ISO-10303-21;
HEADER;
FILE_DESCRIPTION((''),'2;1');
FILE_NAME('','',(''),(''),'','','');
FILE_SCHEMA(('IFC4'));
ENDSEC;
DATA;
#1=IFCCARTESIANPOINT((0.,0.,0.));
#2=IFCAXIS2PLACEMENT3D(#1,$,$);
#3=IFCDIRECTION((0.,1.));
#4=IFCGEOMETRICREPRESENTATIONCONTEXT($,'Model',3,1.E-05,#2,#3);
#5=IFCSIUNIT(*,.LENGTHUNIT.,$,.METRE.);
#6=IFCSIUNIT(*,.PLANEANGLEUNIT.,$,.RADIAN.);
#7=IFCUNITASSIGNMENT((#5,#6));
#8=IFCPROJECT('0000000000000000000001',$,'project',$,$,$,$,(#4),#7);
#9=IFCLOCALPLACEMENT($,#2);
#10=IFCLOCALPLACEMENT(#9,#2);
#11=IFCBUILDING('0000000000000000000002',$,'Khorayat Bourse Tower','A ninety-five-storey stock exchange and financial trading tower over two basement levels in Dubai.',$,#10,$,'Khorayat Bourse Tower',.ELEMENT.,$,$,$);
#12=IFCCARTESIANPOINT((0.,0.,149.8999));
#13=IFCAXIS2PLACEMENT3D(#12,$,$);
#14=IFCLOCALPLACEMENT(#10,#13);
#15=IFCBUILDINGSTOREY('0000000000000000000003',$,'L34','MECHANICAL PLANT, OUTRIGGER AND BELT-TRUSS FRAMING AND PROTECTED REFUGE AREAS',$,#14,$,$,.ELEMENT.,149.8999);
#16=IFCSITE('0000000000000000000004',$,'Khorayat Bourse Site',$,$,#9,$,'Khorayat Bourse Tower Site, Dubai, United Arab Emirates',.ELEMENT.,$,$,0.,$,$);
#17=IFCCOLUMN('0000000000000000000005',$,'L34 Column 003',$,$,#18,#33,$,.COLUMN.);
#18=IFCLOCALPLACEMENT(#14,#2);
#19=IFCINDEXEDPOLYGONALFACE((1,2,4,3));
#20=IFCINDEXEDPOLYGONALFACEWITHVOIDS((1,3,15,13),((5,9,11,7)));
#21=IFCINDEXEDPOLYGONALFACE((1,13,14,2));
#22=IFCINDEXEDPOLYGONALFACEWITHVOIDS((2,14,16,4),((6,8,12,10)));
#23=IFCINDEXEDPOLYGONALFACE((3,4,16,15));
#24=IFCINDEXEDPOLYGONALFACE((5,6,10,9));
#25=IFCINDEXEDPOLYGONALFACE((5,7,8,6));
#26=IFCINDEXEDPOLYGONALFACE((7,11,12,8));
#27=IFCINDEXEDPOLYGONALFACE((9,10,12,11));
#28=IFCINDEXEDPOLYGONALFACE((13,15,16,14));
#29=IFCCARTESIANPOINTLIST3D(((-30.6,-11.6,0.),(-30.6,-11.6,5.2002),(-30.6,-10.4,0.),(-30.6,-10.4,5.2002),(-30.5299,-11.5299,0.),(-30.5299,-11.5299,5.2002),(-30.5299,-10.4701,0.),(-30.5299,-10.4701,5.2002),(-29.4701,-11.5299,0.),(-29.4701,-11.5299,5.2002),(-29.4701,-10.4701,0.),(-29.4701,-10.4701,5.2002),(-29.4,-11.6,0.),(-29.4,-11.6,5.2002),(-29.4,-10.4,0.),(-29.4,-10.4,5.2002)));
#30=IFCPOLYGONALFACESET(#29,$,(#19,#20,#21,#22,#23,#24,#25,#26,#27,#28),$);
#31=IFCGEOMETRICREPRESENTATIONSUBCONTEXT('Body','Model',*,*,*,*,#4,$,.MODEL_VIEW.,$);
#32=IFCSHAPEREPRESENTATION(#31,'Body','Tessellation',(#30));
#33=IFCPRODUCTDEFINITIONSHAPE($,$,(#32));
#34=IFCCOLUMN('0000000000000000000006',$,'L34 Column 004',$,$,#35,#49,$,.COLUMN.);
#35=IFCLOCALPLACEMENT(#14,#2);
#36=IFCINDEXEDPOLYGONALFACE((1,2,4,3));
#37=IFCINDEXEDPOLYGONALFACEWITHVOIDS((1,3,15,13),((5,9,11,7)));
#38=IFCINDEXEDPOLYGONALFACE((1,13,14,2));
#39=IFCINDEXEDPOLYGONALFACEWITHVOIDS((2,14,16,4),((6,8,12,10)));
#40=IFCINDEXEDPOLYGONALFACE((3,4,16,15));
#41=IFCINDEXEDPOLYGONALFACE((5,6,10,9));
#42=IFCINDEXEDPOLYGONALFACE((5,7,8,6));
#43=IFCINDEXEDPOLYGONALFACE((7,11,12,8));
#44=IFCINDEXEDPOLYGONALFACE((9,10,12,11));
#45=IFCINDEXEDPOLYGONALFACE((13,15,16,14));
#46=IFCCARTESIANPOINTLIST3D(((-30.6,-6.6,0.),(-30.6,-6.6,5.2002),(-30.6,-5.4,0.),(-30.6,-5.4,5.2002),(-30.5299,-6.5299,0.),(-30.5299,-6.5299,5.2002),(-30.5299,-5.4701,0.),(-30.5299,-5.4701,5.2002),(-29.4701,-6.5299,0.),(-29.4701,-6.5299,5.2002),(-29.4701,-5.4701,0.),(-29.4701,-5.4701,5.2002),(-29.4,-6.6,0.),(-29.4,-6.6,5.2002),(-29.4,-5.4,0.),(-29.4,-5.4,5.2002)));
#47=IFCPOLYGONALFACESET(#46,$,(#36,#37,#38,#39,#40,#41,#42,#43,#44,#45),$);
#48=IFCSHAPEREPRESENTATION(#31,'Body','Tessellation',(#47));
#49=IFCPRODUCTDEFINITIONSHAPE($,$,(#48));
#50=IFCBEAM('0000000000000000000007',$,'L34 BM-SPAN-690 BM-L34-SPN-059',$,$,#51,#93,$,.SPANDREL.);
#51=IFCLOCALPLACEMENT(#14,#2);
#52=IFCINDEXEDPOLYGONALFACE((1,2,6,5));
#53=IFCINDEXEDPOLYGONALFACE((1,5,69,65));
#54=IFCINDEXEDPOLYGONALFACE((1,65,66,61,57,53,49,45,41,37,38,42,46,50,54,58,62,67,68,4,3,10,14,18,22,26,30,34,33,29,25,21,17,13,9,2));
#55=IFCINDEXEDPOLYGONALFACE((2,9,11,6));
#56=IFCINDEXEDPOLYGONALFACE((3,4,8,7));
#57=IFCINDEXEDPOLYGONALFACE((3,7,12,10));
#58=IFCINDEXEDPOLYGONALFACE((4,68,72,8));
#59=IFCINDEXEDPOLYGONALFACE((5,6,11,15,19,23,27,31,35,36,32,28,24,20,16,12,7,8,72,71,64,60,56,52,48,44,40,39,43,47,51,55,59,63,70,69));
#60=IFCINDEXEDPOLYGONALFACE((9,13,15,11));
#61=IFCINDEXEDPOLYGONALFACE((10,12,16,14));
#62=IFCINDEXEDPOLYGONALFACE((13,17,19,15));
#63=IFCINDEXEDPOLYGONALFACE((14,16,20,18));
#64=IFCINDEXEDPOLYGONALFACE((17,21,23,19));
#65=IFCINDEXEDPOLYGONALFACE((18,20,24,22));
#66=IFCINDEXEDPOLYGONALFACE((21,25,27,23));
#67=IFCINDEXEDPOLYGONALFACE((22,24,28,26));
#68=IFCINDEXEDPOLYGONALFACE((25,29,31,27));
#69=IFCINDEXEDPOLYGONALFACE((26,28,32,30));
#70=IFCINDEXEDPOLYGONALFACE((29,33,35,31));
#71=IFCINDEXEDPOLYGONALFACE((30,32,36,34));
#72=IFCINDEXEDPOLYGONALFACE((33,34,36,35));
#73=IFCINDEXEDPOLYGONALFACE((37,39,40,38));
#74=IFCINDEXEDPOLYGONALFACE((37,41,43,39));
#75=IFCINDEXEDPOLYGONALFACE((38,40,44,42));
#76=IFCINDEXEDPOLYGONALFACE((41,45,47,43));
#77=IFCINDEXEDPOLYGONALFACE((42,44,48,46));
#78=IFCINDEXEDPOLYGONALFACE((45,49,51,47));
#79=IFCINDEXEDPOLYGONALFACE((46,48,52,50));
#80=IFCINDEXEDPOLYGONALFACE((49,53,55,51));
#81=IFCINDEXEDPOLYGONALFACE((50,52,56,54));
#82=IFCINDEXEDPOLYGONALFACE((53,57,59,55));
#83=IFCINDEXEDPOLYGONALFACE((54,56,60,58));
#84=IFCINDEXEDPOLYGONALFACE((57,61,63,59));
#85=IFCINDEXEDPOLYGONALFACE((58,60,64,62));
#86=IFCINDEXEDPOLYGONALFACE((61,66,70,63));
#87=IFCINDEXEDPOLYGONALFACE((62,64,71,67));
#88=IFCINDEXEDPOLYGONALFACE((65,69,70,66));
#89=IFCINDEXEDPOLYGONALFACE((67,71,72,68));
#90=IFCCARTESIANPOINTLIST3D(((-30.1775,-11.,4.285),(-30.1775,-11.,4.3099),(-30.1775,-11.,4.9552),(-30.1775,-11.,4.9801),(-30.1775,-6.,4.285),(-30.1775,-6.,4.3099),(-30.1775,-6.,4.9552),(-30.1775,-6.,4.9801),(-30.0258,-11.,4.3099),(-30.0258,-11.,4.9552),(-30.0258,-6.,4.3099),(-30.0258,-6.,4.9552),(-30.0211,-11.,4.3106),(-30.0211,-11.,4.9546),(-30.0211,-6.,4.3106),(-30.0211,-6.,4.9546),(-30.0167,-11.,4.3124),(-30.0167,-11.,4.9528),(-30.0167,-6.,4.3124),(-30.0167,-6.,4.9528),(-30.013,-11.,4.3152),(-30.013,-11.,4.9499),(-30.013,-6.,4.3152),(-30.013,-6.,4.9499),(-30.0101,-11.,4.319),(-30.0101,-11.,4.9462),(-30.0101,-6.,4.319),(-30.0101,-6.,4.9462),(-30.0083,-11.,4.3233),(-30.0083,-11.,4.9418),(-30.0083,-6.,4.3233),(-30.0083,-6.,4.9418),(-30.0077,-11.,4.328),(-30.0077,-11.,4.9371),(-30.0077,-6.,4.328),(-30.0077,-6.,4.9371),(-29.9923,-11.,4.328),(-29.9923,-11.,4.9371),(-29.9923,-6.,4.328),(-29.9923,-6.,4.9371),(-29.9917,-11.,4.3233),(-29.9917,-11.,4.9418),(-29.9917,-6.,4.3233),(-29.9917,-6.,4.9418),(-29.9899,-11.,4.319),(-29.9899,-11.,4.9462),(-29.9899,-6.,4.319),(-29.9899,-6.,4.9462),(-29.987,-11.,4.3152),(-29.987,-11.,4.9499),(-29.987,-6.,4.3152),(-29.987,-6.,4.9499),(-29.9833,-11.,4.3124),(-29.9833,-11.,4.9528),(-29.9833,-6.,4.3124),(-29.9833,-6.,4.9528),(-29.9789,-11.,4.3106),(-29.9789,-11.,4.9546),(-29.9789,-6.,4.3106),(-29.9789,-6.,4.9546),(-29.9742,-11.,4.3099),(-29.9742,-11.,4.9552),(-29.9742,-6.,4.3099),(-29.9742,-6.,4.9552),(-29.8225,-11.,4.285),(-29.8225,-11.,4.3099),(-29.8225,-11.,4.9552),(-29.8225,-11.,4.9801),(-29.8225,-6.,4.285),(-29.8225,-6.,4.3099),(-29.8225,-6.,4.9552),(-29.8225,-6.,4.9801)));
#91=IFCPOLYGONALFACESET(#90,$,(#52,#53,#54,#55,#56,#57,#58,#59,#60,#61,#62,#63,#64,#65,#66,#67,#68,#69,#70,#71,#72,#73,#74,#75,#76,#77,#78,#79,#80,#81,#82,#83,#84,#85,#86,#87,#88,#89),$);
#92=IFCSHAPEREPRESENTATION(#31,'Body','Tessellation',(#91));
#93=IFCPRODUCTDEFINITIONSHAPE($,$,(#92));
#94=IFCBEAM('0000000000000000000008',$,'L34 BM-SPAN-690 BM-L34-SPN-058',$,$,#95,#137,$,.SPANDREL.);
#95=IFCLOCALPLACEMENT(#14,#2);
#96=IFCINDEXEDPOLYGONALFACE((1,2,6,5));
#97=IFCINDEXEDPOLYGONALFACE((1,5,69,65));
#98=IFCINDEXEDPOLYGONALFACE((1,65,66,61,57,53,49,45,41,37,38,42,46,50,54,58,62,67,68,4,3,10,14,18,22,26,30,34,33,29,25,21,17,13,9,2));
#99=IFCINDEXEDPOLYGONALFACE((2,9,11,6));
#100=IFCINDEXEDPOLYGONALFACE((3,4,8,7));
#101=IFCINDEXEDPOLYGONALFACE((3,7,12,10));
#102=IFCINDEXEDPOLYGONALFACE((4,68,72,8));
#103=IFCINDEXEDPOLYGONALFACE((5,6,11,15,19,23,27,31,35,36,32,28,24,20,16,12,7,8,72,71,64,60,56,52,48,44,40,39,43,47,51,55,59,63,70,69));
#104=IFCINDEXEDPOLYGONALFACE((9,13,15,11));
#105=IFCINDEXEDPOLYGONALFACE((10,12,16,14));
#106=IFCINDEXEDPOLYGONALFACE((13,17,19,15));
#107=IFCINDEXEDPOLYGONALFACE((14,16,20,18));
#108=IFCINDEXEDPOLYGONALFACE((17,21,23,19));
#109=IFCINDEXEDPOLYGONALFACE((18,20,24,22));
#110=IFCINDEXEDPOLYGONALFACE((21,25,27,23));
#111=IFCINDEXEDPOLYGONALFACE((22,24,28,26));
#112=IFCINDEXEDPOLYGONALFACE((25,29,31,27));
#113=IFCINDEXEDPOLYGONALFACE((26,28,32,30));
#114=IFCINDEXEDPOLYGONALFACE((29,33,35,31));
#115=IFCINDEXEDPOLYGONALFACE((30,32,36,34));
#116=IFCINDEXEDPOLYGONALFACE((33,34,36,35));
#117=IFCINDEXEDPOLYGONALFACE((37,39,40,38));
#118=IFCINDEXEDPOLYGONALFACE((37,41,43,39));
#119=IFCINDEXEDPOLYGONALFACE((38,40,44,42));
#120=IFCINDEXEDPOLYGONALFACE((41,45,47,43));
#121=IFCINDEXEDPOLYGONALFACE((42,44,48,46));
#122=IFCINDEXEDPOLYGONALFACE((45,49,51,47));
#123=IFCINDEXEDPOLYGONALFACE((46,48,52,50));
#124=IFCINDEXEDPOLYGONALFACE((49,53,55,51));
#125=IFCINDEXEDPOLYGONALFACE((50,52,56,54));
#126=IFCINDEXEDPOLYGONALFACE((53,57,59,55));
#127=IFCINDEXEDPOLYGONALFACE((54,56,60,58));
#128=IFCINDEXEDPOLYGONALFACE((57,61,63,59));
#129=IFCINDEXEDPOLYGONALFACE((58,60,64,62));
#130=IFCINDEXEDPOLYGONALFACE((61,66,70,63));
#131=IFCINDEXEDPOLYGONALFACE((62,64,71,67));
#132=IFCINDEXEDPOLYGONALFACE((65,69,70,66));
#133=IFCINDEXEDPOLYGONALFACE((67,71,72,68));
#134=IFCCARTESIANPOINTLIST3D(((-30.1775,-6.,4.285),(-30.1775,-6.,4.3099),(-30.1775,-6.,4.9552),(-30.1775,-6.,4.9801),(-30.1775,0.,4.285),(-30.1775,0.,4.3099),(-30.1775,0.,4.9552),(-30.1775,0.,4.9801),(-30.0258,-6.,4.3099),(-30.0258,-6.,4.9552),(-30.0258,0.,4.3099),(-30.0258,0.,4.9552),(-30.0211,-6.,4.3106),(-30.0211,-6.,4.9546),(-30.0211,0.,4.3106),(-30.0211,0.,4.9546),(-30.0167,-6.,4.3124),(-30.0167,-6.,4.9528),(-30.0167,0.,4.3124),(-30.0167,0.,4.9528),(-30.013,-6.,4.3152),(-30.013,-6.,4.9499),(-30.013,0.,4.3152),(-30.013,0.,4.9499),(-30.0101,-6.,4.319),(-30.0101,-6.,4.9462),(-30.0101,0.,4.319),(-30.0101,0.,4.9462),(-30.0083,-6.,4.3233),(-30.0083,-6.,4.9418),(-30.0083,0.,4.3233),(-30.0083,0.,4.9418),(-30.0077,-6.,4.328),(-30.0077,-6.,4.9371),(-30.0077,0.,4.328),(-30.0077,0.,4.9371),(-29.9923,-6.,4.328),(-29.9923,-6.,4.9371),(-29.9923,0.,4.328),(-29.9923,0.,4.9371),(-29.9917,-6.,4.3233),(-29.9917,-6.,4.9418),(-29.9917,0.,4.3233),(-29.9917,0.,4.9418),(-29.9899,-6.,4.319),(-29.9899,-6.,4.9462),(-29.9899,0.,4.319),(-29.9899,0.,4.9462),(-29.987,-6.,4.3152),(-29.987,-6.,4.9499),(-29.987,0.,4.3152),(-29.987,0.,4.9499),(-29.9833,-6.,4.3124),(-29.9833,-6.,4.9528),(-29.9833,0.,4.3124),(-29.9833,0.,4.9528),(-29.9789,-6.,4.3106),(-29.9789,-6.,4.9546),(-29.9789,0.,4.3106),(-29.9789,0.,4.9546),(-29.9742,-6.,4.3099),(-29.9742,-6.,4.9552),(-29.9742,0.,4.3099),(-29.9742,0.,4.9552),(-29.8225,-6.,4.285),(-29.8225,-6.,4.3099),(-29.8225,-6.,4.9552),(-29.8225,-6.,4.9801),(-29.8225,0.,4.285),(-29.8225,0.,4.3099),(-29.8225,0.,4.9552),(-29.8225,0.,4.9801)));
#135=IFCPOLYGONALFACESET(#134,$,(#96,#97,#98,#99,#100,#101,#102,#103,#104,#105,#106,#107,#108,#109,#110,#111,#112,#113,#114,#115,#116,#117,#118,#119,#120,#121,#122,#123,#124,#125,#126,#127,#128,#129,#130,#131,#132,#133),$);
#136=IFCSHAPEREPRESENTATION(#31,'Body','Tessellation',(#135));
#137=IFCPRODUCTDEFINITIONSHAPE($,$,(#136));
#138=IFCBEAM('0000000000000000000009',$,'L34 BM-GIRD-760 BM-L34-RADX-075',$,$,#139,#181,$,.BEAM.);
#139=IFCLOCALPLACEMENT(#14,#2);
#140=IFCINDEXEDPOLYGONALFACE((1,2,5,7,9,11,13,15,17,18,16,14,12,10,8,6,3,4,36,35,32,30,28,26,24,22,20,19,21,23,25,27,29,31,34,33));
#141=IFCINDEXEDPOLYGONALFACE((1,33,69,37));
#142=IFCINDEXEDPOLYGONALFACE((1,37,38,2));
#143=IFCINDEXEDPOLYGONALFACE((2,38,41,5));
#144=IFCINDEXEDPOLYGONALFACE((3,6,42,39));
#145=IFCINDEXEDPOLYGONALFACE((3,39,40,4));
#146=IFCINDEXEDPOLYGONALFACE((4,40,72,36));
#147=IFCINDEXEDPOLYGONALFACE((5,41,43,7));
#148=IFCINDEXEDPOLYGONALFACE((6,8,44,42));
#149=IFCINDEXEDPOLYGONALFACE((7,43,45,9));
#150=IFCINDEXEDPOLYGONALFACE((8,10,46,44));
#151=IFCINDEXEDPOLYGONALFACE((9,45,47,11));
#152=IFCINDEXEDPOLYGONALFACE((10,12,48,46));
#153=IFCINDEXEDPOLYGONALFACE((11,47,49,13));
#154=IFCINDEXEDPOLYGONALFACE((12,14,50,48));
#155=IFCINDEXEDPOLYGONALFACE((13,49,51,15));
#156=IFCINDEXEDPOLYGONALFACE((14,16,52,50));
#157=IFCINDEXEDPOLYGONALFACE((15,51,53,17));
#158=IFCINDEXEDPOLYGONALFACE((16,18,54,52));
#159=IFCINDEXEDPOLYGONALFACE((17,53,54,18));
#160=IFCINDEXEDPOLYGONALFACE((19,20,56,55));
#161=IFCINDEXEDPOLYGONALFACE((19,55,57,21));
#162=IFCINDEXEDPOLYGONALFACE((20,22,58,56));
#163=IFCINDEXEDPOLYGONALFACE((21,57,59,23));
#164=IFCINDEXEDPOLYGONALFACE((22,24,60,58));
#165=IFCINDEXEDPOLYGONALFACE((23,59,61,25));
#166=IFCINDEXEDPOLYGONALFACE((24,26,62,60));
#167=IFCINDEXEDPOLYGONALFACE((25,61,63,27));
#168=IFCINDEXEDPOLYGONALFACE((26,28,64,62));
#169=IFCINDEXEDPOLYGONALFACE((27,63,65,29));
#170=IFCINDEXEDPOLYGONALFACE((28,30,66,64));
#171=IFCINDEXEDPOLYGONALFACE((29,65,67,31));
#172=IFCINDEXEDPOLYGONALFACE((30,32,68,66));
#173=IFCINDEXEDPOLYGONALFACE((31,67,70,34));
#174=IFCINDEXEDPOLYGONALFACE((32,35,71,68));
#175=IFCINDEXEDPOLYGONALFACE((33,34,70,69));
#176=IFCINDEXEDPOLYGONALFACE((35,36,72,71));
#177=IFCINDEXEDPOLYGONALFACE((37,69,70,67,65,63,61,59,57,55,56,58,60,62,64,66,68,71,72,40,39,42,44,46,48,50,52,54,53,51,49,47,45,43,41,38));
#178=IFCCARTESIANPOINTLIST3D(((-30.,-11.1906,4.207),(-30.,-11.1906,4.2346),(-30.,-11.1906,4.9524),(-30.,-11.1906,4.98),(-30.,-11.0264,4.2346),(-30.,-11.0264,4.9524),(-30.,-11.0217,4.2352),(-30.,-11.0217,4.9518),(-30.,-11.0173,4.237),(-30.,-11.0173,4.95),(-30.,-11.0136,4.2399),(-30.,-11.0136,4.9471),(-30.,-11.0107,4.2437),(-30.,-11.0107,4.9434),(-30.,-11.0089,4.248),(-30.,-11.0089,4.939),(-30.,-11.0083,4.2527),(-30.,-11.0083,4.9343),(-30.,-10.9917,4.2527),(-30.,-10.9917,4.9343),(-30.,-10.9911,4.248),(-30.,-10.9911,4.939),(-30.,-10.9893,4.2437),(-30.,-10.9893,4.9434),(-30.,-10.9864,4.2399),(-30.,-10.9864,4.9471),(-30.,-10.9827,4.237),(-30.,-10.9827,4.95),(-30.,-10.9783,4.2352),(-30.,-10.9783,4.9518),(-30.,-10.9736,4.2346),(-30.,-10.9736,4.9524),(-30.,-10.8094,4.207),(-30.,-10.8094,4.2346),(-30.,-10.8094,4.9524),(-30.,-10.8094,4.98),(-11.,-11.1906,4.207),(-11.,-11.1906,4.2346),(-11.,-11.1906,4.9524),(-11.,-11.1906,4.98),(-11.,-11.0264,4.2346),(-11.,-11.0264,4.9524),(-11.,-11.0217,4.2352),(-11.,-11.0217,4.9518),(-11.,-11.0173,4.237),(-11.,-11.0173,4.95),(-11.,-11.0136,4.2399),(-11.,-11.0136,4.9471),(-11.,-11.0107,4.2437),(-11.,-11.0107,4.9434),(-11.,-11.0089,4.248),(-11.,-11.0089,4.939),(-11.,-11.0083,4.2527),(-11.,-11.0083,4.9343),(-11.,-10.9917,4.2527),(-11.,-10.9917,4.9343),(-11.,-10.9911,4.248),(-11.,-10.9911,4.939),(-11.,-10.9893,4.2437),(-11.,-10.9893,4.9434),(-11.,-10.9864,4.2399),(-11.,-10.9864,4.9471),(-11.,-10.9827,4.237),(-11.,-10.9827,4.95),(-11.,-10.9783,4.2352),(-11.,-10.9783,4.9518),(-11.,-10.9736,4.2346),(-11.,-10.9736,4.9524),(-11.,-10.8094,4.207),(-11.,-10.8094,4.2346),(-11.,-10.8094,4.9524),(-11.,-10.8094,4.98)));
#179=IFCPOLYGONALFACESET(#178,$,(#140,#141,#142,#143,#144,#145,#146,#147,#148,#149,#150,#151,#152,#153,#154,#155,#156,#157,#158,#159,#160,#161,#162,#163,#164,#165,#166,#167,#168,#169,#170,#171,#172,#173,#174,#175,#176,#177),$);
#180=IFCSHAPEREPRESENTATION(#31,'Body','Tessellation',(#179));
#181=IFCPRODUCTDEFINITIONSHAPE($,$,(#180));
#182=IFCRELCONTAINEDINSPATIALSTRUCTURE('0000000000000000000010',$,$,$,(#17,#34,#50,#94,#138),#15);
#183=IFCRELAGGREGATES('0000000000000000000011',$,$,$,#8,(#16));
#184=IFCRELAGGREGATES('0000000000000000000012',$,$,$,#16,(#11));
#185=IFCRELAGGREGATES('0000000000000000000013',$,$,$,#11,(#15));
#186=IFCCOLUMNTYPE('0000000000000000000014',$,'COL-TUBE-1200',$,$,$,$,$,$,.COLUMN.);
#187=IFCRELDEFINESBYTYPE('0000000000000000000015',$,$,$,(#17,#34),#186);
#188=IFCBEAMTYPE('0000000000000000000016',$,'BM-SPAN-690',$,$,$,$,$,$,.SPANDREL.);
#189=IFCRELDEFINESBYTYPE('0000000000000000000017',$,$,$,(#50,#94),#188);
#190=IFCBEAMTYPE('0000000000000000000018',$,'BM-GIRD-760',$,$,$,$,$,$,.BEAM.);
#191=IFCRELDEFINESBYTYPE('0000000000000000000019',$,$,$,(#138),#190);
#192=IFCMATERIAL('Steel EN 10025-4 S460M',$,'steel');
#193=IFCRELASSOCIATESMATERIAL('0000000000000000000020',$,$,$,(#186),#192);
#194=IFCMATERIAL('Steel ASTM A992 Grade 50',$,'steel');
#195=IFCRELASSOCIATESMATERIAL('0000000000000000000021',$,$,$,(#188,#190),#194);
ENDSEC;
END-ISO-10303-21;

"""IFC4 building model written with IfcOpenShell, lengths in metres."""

from ifc_helpers import new_model, si_unit, direction, frame, origin, origin_2d, place, context, subcontext, project, spatial, hollow_rectangle, i_section, extrude, source, transform, mapped, material, material_profile, profile_set, type_object, element, save


model = new_model("IFC4")

# Units and contexts
model_context = context("Model", 3, precision=1e-05, world=origin(), true_north=direction((0.0, 1.0)))
body_context = subcontext(model_context, "Body", "Model", "MODEL_VIEW")
ifc_project = project(units=[si_unit("LENGTHUNIT", "METRE"), si_unit("PLANEANGLEUNIT", "RADIAN")], contexts=[model_context])

# Site, building, storey
site_placement = place(None, origin())
site = spatial("IfcSite", under=ifc_project, at=site_placement, Name="Khorayat Bourse Site", LongName="Khorayat Bourse Tower Site, Dubai, United Arab Emirates", CompositionType="ELEMENT", RefElevation=0.0)
building_placement = place(site_placement, origin())
building = spatial("IfcBuilding", under=site, at=building_placement, Name="Khorayat Bourse Tower", Description="A ninety-five-storey stock exchange and financial trading tower over two basement levels in Dubai.", LongName="Khorayat Bourse Tower", CompositionType="ELEMENT")
storey_placement = place(building_placement, frame((0.0, 0.0, 149.8999)))
storey = spatial("IfcBuildingStorey", under=building, at=storey_placement, Name="L34", Description="MECHANICAL PLANT, OUTRIGGER AND BELT-TRUSS FRAMING AND PROTECTED REFUGE AREAS", CompositionType="ELEMENT", Elevation=149.8999)

# Columns
ifc_material_1 = material(Name="Steel EN 10025-4 S460M", Category="steel")
ifc_material_profile_1 = material_profile(ifc_material_1, hollow_rectangle(XDim=1.2, YDim=1.2, WallThickness=0.0701, at=origin_2d()), Name="BOX 1200x1200x70")
ifc_profile_set_1 = profile_set([ifc_material_profile_1], Name="Steel EN 10025-4 S460M")
column_type = type_object("IfcColumnType", Name="COL-TUBE-1200", PredefinedType="COLUMN", material=ifc_profile_set_1)
shared_shape_1 = source(origin(), body_context, "Body", "SweptSolid", [
    extrude(hollow_rectangle(XDim=1.2, YDim=1.2, WallThickness=0.0701, at=origin_2d()), origin(), (0.0, 0.0, 1.0), 5.2002),
])
for number, where, z_axis, x_axis, name in (
    (1, (-30.0, -11.0, 0.0), (0.0, 0.0, 1.0), (1.0, 0.0, 0.0), "L34 Column 003"),
    (2, (-30.0, -6.0, 0.0), (0.0, 0.0, 1.0), (1.0, 0.0, 0.0), "L34 Column 004"),
):
    element("IfcColumn", number, at=place(storey_placement, frame(where, z_axis=z_axis, x_axis=x_axis)), inside=storey, type_object=column_type, Name=name, PredefinedType="COLUMN", context=body_context, shape_type="MappedRepresentation", body=[
        mapped(shared_shape_1, transform((0.0, 0.0, 0.0), scale=1.0)),
    ])

# Beams
ifc_material_2 = material(Name="Steel ASTM A992 Grade 50", Category="steel")
ifc_material_profile_2 = material_profile(ifc_material_2, i_section(OverallWidth=0.355, OverallDepth=0.6951, WebThickness=0.0154, FlangeThickness=0.0249, FilletRadius=0.0181, at=origin_2d()), Name="W690X217")
ifc_profile_set_2 = profile_set([ifc_material_profile_2], Name="Steel ASTM A992 Grade 50")
beam_type_1 = type_object("IfcBeamType", Name="BM-SPAN-690", PredefinedType="SPANDREL", material=ifc_profile_set_2)
shared_shape_2 = source(origin(), body_context, "Body", "SweptSolid", [
    extrude(i_section(OverallWidth=0.355, OverallDepth=0.6951, WebThickness=0.0154, FlangeThickness=0.0249, FilletRadius=0.0181, at=origin_2d()), origin(), (0.0, 0.0, 1.0), 5.0),
])
beam_1_placement = place(storey_placement, frame((-30.0, -11.0, 4.6326), z_axis=(0.0, 1.0, 0.0), x_axis=(-1.0, 0.0, 0.0)))
element("IfcBeam", 3, at=beam_1_placement, inside=storey, type_object=beam_type_1, Name="L34 BM-SPAN-690 BM-L34-SPN-059", PredefinedType="SPANDREL", context=body_context, shape_type="MappedRepresentation", body=[
    mapped(shared_shape_2, transform((0.0, 0.0, 0.0), scale=1.0)),
])
shared_shape_3 = source(origin(), body_context, "Body", "SweptSolid", [
    extrude(i_section(OverallWidth=0.355, OverallDepth=0.6951, WebThickness=0.0154, FlangeThickness=0.0249, FilletRadius=0.0181, at=origin_2d()), origin(), (0.0, 0.0, 1.0), 6.0),
])
beam_2_placement = place(storey_placement, frame((-30.0, -6.0, 4.6326), z_axis=(0.0, 1.0, 0.0), x_axis=(-1.0, 0.0, 0.0)))
element("IfcBeam", 4, at=beam_2_placement, inside=storey, type_object=beam_type_1, Name="L34 BM-SPAN-690 BM-L34-SPN-058", PredefinedType="SPANDREL", context=body_context, shape_type="MappedRepresentation", body=[
    mapped(shared_shape_3, transform((0.0, 0.0, 0.0), scale=1.0)),
])
ifc_material_profile_3 = material_profile(ifc_material_2, i_section(OverallWidth=0.3811, OverallDepth=0.7729, WebThickness=0.0166, FlangeThickness=0.0276, FilletRadius=0.0181, at=origin_2d()), Name="W760X257")
ifc_profile_set_3 = profile_set([ifc_material_profile_3], Name="Steel ASTM A992 Grade 50")
beam_type_2 = type_object("IfcBeamType", Name="BM-GIRD-760", PredefinedType="BEAM", material=ifc_profile_set_3)
shared_shape_4 = source(origin(), body_context, "Body", "SweptSolid", [
    extrude(i_section(OverallWidth=0.3811, OverallDepth=0.7729, WebThickness=0.0166, FlangeThickness=0.0276, FilletRadius=0.0181, at=origin_2d()), origin(), (0.0, 0.0, 1.0), 19.0),
])
for number, where, z_axis, x_axis, name in (
    (5, (-30.0, -11.0, 4.5935), (1.0, 0.0, 0.0), (0.0, 1.0, 0.0), "L34 BM-GIRD-760 BM-L34-RADX-075"),
):
    element("IfcBeam", number, at=place(storey_placement, frame(where, z_axis=z_axis, x_axis=x_axis)), inside=storey, type_object=beam_type_2, Name=name, PredefinedType="BEAM", context=body_context, shape_type="MappedRepresentation", body=[
        mapped(shared_shape_4, transform((0.0, 0.0, 0.0), scale=1.0)),
    ])

save(model, "model.ifc")
